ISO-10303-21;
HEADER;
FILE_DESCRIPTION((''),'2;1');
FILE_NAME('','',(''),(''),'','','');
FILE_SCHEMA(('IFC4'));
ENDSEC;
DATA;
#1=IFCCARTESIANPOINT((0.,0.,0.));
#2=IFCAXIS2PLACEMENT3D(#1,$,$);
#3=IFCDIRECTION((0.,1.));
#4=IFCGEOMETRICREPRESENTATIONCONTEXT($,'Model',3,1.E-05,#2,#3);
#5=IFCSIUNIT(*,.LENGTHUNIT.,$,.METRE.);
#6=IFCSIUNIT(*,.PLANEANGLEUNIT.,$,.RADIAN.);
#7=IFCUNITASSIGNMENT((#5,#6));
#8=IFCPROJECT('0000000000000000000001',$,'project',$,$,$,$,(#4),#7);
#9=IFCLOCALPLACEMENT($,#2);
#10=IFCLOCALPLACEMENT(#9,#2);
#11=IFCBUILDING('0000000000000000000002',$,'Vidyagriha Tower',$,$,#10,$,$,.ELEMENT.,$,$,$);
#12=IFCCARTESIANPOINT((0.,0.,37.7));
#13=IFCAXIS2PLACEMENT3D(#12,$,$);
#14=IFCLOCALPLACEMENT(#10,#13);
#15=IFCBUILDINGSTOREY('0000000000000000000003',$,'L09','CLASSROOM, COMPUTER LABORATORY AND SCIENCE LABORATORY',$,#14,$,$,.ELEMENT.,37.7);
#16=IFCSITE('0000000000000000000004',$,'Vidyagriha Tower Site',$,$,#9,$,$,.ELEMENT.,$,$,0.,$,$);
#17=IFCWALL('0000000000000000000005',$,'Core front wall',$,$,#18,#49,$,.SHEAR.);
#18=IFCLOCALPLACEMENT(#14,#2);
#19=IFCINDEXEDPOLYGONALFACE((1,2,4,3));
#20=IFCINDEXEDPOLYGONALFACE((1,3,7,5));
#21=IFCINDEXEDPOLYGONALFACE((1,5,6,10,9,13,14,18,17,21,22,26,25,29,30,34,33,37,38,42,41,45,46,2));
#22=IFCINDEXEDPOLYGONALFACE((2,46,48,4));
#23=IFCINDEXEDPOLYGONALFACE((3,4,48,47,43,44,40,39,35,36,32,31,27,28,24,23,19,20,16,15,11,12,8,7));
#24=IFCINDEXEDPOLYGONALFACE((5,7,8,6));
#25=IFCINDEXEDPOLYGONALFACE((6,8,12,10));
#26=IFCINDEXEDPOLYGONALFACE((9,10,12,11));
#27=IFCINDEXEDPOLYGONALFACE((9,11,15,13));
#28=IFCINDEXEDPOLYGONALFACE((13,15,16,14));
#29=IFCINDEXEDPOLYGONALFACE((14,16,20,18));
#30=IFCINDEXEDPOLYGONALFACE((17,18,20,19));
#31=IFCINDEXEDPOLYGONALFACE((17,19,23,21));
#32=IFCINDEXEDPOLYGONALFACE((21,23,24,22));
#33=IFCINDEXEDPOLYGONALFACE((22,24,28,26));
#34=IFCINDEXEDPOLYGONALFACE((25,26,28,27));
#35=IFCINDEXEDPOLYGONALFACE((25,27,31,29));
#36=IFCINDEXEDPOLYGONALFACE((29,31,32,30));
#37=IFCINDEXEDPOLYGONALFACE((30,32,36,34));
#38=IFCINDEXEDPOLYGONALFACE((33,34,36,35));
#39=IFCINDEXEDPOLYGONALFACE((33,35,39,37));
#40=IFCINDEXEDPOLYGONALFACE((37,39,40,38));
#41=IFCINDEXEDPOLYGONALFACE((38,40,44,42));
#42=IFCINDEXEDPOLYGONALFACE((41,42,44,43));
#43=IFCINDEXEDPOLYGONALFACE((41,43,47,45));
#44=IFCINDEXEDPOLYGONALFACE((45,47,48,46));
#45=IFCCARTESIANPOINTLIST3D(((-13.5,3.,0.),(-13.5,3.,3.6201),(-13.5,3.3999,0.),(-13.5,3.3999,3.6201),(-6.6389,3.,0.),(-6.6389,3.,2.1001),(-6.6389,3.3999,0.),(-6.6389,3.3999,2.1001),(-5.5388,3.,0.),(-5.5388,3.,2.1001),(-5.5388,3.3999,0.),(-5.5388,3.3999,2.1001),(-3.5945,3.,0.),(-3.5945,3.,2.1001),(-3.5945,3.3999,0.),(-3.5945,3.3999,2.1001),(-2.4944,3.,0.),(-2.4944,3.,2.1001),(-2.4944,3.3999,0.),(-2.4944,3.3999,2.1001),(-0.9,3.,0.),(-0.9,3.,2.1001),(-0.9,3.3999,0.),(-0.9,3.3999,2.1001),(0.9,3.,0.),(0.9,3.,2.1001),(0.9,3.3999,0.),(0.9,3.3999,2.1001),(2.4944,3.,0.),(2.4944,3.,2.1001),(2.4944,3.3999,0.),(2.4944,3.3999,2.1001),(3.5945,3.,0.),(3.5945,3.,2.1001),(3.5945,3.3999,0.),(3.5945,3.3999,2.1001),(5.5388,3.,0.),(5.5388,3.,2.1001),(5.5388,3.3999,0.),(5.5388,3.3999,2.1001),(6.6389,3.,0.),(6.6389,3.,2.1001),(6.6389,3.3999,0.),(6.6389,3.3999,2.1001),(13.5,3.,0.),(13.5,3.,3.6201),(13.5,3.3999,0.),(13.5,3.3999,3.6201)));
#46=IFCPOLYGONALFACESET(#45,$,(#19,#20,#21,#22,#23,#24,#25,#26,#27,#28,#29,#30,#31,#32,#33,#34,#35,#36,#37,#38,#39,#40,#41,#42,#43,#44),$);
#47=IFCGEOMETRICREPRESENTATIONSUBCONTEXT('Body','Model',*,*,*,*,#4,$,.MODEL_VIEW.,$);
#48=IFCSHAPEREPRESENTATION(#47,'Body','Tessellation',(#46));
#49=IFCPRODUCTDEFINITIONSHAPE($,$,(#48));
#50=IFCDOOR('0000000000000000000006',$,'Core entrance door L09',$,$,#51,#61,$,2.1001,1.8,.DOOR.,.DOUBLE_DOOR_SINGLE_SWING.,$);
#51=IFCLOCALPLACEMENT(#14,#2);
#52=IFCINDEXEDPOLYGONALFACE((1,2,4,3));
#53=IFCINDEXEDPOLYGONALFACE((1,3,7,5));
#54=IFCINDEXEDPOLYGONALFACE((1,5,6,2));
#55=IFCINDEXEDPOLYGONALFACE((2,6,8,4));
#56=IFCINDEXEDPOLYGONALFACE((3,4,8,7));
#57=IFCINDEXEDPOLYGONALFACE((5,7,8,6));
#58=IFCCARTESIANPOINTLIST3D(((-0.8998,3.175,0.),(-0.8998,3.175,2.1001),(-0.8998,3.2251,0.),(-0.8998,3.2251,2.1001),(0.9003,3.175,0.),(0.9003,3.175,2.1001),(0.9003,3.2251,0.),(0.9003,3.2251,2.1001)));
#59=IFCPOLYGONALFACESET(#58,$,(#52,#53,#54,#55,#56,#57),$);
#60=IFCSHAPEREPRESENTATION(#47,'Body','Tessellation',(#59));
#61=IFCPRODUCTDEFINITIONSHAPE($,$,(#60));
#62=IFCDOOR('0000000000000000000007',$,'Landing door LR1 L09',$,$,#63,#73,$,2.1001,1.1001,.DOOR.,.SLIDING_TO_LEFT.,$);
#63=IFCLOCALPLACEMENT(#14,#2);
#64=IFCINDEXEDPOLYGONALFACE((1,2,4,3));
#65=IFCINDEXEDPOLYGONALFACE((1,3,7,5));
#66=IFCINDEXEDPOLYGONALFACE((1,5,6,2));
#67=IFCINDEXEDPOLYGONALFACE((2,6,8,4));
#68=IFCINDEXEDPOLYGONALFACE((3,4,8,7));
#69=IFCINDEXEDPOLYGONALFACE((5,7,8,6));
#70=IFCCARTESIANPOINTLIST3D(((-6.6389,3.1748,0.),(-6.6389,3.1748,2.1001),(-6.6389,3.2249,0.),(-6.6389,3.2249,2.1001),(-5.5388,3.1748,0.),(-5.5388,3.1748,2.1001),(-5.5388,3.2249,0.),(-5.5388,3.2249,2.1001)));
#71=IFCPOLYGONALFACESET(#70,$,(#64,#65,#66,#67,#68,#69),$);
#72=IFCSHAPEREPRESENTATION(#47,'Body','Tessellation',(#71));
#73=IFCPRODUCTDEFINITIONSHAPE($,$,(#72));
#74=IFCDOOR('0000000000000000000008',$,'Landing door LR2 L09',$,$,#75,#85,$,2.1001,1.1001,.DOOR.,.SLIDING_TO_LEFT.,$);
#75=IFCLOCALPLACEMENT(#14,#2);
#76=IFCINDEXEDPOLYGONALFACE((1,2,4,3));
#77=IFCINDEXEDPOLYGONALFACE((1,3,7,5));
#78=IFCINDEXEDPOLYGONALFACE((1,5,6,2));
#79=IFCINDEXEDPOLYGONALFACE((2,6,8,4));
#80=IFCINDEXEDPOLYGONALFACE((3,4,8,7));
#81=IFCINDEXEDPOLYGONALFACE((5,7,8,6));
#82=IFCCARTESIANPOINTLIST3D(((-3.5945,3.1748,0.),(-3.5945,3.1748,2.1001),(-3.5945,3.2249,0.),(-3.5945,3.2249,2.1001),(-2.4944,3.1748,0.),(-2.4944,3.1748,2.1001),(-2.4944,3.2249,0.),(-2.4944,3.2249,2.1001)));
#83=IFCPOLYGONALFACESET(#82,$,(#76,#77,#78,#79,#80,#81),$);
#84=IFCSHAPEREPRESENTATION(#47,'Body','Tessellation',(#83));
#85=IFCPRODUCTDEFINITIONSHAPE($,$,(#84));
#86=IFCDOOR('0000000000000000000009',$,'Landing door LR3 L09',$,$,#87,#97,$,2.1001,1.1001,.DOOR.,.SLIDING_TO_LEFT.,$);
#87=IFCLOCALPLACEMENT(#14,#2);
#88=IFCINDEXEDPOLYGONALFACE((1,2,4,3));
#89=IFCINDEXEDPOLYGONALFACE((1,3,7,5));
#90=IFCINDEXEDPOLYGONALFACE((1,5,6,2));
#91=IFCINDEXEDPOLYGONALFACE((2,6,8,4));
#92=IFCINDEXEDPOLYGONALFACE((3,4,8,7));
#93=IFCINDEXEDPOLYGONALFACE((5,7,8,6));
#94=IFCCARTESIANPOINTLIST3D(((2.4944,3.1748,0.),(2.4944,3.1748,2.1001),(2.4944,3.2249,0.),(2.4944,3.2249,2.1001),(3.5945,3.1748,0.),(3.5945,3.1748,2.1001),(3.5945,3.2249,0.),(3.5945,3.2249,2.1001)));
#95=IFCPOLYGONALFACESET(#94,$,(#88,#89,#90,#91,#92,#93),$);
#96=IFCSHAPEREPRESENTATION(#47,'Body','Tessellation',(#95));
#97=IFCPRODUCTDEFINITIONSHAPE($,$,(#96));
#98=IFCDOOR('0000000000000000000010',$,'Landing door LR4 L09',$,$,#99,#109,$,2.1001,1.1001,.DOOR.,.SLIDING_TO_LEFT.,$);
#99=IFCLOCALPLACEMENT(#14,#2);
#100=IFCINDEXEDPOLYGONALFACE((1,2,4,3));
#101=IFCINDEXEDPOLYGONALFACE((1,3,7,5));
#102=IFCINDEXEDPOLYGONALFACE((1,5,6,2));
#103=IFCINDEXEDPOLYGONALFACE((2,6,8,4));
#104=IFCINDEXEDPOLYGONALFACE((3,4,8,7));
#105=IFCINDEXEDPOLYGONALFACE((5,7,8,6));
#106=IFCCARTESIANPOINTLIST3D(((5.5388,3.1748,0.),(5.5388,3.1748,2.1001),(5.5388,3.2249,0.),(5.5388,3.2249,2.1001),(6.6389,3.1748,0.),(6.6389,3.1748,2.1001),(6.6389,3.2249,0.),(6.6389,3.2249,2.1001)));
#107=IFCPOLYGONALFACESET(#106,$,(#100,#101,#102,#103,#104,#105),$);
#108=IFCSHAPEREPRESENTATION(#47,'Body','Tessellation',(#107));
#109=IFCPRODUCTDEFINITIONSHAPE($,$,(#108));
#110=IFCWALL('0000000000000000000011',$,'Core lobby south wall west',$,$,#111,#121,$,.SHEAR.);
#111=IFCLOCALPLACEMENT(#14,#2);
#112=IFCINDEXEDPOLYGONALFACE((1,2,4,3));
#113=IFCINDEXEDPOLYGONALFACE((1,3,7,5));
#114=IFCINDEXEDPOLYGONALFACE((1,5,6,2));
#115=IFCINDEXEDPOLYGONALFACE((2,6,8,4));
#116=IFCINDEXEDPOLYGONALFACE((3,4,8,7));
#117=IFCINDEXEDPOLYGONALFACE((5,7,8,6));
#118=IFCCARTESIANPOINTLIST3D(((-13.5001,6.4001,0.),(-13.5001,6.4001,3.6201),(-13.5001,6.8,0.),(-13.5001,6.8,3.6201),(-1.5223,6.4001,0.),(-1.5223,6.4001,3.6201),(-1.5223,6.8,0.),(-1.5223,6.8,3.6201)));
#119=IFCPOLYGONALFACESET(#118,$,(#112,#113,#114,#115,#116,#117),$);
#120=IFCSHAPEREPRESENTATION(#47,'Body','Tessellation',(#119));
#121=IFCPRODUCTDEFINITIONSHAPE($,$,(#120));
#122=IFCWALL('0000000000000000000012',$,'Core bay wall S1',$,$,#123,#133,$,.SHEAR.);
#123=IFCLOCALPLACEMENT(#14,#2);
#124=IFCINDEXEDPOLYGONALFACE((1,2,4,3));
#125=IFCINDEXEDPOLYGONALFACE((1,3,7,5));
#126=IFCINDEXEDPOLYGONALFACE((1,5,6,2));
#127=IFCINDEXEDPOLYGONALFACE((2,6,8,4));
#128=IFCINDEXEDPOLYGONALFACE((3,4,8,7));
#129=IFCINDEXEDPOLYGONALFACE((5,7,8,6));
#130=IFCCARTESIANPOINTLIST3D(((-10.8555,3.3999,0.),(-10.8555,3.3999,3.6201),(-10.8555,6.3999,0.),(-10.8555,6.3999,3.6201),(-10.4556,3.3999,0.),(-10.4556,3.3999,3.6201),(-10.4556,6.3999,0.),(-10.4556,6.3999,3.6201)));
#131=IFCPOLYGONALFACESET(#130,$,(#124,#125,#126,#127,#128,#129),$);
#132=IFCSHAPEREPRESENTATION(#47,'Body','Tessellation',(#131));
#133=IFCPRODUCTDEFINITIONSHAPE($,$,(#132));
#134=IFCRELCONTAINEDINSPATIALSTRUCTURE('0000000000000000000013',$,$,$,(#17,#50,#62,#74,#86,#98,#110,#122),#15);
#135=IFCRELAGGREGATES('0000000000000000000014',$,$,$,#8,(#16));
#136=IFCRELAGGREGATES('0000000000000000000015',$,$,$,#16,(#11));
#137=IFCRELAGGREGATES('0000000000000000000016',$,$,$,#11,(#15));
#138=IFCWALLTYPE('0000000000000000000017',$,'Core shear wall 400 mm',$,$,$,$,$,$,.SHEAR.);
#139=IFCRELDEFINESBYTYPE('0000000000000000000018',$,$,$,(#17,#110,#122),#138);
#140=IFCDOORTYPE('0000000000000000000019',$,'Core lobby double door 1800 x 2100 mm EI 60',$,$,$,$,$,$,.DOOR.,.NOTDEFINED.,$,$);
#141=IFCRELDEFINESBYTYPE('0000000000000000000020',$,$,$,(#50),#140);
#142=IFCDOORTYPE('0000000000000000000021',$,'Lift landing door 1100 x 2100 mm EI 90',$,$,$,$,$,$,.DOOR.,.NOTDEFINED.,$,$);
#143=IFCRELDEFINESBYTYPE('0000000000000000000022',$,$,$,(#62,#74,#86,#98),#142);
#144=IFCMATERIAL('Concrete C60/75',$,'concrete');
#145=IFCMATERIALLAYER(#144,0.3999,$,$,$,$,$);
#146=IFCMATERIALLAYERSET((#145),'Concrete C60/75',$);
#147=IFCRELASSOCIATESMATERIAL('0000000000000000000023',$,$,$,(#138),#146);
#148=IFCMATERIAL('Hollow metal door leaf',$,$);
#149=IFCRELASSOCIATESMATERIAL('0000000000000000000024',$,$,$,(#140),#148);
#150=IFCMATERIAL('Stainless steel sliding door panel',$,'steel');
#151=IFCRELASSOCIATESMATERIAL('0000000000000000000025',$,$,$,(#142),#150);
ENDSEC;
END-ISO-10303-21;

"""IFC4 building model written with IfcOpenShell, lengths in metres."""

from ifc_helpers import new_model, si_unit, direction, frame, frame_2d, origin, place, context, subcontext, project, spatial, rectangle, extrude, material, layer, layer_set, type_object, element, fill, save


model = new_model("IFC4")

# Units and contexts
model_context = context("Model", 3, precision=1e-05, world=origin(), true_north=direction((0.0, 1.0)))
body_context = subcontext(model_context, "Body", "Model", "MODEL_VIEW")
ifc_project = project(units=[si_unit("LENGTHUNIT", "METRE"), si_unit("PLANEANGLEUNIT", "RADIAN")], contexts=[model_context])

# Site, building, storey
site_placement = place(None, origin())
site = spatial("IfcSite", under=ifc_project, at=site_placement, Name="Vidyagriha Tower Site", CompositionType="ELEMENT", RefElevation=0.0)
building_placement = place(site_placement, origin())
building = spatial("IfcBuilding", under=site, at=building_placement, Name="Vidyagriha Tower", CompositionType="ELEMENT")
storey_placement = place(building_placement, frame((0.0, 0.0, 37.7)))
storey = spatial("IfcBuildingStorey", under=building, at=storey_placement, Name="L09", Description="CLASSROOM, COMPUTER LABORATORY AND SCIENCE LABORATORY", CompositionType="ELEMENT", Elevation=37.7)

# Wall, openings, doors
ifc_material_1 = material(Name="Concrete C60/75", Category="concrete")
ifc_layer_1 = layer(ifc_material_1, 0.3999)
ifc_layer_set_1 = layer_set([ifc_layer_1], Name="Concrete C60/75")
wall_type_1 = type_object("IfcWallType", Name="Core shear wall 400 mm", PredefinedType="SHEAR", material=ifc_layer_set_1)
wall_1_placement = place(storey_placement, frame((-13.5, 3.2, 0.0)))
wall_1 = element("IfcWall", 1, at=wall_1_placement, inside=storey, type_object=wall_type_1, Name="Core front wall", PredefinedType="SHEAR", context=body_context, shape_type="SweptSolid", body=[
    extrude(rectangle(XDim=27.0, YDim=0.3999, at=frame_2d((13.5, 0.0))), origin(), (0.0, 0.0, 1.0), 3.6201),
])
opening_1_placement = place(wall_1_placement, frame((6.8611, 0.0, 0.0)))
opening_1 = element("IfcOpeningElement", 2, at=opening_1_placement, cuts=wall_1, PredefinedType="OPENING", context=body_context, shape_type="SweptSolid", body=[
    extrude(rectangle(XDim=1.1001, YDim=2.1001, at=frame_2d((0.55, 1.05))), frame((0.0, 0.21, 0.0), z_axis=(0.0, -1.0, 0.0), x_axis=(1.0, 0.0, 0.0)), (0.0, 0.0, 1.0), 0.4199),
])
opening_2_placement = place(wall_1_placement, frame((9.9055, 0.0, 0.0)))
opening_2 = element("IfcOpeningElement", 3, at=opening_2_placement, cuts=wall_1, PredefinedType="OPENING", context=body_context, shape_type="SweptSolid", body=[
    extrude(rectangle(XDim=1.1001, YDim=2.1001, at=frame_2d((0.55, 1.05))), frame((0.0, 0.21, 0.0), z_axis=(0.0, -1.0, 0.0), x_axis=(1.0, 0.0, 0.0)), (0.0, 0.0, 1.0), 0.4199),
])
opening_3_placement = place(wall_1_placement, frame((15.9944, 0.0, 0.0)))
opening_3 = element("IfcOpeningElement", 4, at=opening_3_placement, cuts=wall_1, PredefinedType="OPENING", context=body_context, shape_type="SweptSolid", body=[
    extrude(rectangle(XDim=1.1001, YDim=2.1001, at=frame_2d((0.55, 1.05))), frame((0.0, 0.21, 0.0), z_axis=(0.0, -1.0, 0.0), x_axis=(1.0, 0.0, 0.0)), (0.0, 0.0, 1.0), 0.4199),
])
opening_4_placement = place(wall_1_placement, frame((19.0388, 0.0, 0.0)))
opening_4 = element("IfcOpeningElement", 5, at=opening_4_placement, cuts=wall_1, PredefinedType="OPENING", context=body_context, shape_type="SweptSolid", body=[
    extrude(rectangle(XDim=1.1001, YDim=2.1001, at=frame_2d((0.55, 1.05))), frame((0.0, 0.21, 0.0), z_axis=(0.0, -1.0, 0.0), x_axis=(1.0, 0.0, 0.0)), (0.0, 0.0, 1.0), 0.4199),
])
opening_5_placement = place(wall_1_placement, frame((12.6001, 0.0, 0.0)))
opening_5 = element("IfcOpeningElement", 6, at=opening_5_placement, cuts=wall_1, PredefinedType="OPENING", context=body_context, shape_type="SweptSolid", body=[
    extrude(rectangle(XDim=1.8, YDim=2.1001, at=frame_2d((0.8999, 1.05))), frame((0.0, 0.21, 0.0), z_axis=(0.0, -1.0, 0.0), x_axis=(1.0, 0.0, 0.0)), (0.0, 0.0, 1.0), 0.4199),
])
ifc_material_2 = material(Name="Hollow metal door leaf")
door_type_1 = type_object("IfcDoorType", Name="Core lobby double door 1800 x 2100 mm EI 60", OperationType="NOTDEFINED", PredefinedType="DOOR", material=ifc_material_2)
door_1_placement = place(opening_5_placement, frame((1.8, 0.0, 0.0), z_axis=(0.0, 0.0, 1.0), x_axis=(-1.0, 0.0, 0.0)))
door_1 = element("IfcDoor", 7, at=door_1_placement, inside=storey, type_object=door_type_1, Name="Core entrance door L09", OperationType="DOUBLE_DOOR_SINGLE_SWING", OverallHeight=2.1001, OverallWidth=1.8, PredefinedType="DOOR", context=body_context, shape_type="SweptSolid", body=[
    extrude(rectangle(XDim=1.8, YDim=2.1001, at=frame_2d((0.8999, 1.05))), frame((0.0, 0.0249, 0.0), z_axis=(0.0, -1.0, 0.0), x_axis=(1.0, 0.0, 0.0)), (0.0, 0.0, 1.0), 0.05),
])
fill(opening_5, door_1)
ifc_material_3 = material(Name="Stainless steel sliding door panel", Category="steel")
door_type_2 = type_object("IfcDoorType", Name="Lift landing door 1100 x 2100 mm EI 90", OperationType="NOTDEFINED", PredefinedType="DOOR", material=ifc_material_3)
door_2_placement = place(opening_1_placement, origin())
door_2 = element("IfcDoor", 8, at=door_2_placement, inside=storey, type_object=door_type_2, Name="Landing door LR1 L09", OperationType="SLIDING_TO_LEFT", OverallHeight=2.1001, OverallWidth=1.1001, PredefinedType="DOOR", context=body_context, shape_type="SweptSolid", body=[
    extrude(rectangle(XDim=1.1001, YDim=2.1001, at=frame_2d((0.55, 1.05))), frame((0.0, 0.0249, 0.0), z_axis=(0.0, -1.0, 0.0), x_axis=(1.0, 0.0, 0.0)), (0.0, 0.0, 1.0), 0.05),
])
fill(opening_1, door_2)
door_3_placement = place(opening_2_placement, origin())
door_3 = element("IfcDoor", 9, at=door_3_placement, inside=storey, type_object=door_type_2, Name="Landing door LR2 L09", OperationType="SLIDING_TO_LEFT", OverallHeight=2.1001, OverallWidth=1.1001, PredefinedType="DOOR", context=body_context, shape_type="SweptSolid", body=[
    extrude(rectangle(XDim=1.1001, YDim=2.1001, at=frame_2d((0.55, 1.05))), frame((0.0, 0.0249, 0.0), z_axis=(0.0, -1.0, 0.0), x_axis=(1.0, 0.0, 0.0)), (0.0, 0.0, 1.0), 0.05),
])
fill(opening_2, door_3)
door_4_placement = place(opening_3_placement, origin())
door_4 = element("IfcDoor", 10, at=door_4_placement, inside=storey, type_object=door_type_2, Name="Landing door LR3 L09", OperationType="SLIDING_TO_LEFT", OverallHeight=2.1001, OverallWidth=1.1001, PredefinedType="DOOR", context=body_context, shape_type="SweptSolid", body=[
    extrude(rectangle(XDim=1.1001, YDim=2.1001, at=frame_2d((0.55, 1.05))), frame((0.0, 0.0249, 0.0), z_axis=(0.0, -1.0, 0.0), x_axis=(1.0, 0.0, 0.0)), (0.0, 0.0, 1.0), 0.05),
])
fill(opening_3, door_4)
door_5_placement = place(opening_4_placement, origin())
door_5 = element("IfcDoor", 11, at=door_5_placement, inside=storey, type_object=door_type_2, Name="Landing door LR4 L09", OperationType="SLIDING_TO_LEFT", OverallHeight=2.1001, OverallWidth=1.1001, PredefinedType="DOOR", context=body_context, shape_type="SweptSolid", body=[
    extrude(rectangle(XDim=1.1001, YDim=2.1001, at=frame_2d((0.55, 1.05))), frame((0.0, 0.0249, 0.0), z_axis=(0.0, -1.0, 0.0), x_axis=(1.0, 0.0, 0.0)), (0.0, 0.0, 1.0), 0.05),
])
fill(opening_4, door_5)

# Walls
wall_2_placement = place(storey_placement, frame((-13.5, 6.6001, 0.0)))
element("IfcWall", 12, at=wall_2_placement, inside=storey, type_object=wall_type_1, Name="Core lobby south wall west", PredefinedType="SHEAR", context=body_context, shape_type="SweptSolid", body=[
    extrude(rectangle(XDim=11.9778, YDim=0.3999, at=frame_2d((5.9888, 0.0))), origin(), (0.0, 0.0, 1.0), 3.6201),
])
wall_3_placement = place(storey_placement, frame((-10.6555, 3.3999, 0.0), z_axis=(0.0, 0.0, 1.0), x_axis=(0.0, 1.0, 0.0)))
element("IfcWall", 13, at=wall_3_placement, inside=storey, type_object=wall_type_1, Name="Core bay wall S1", PredefinedType="SHEAR", context=body_context, shape_type="SweptSolid", body=[
    extrude(rectangle(XDim=3.0, YDim=0.3999, at=frame_2d((1.5, 0.0))), origin(), (0.0, 0.0, 1.0), 3.6201),
])

save(model, "model.ifc")
